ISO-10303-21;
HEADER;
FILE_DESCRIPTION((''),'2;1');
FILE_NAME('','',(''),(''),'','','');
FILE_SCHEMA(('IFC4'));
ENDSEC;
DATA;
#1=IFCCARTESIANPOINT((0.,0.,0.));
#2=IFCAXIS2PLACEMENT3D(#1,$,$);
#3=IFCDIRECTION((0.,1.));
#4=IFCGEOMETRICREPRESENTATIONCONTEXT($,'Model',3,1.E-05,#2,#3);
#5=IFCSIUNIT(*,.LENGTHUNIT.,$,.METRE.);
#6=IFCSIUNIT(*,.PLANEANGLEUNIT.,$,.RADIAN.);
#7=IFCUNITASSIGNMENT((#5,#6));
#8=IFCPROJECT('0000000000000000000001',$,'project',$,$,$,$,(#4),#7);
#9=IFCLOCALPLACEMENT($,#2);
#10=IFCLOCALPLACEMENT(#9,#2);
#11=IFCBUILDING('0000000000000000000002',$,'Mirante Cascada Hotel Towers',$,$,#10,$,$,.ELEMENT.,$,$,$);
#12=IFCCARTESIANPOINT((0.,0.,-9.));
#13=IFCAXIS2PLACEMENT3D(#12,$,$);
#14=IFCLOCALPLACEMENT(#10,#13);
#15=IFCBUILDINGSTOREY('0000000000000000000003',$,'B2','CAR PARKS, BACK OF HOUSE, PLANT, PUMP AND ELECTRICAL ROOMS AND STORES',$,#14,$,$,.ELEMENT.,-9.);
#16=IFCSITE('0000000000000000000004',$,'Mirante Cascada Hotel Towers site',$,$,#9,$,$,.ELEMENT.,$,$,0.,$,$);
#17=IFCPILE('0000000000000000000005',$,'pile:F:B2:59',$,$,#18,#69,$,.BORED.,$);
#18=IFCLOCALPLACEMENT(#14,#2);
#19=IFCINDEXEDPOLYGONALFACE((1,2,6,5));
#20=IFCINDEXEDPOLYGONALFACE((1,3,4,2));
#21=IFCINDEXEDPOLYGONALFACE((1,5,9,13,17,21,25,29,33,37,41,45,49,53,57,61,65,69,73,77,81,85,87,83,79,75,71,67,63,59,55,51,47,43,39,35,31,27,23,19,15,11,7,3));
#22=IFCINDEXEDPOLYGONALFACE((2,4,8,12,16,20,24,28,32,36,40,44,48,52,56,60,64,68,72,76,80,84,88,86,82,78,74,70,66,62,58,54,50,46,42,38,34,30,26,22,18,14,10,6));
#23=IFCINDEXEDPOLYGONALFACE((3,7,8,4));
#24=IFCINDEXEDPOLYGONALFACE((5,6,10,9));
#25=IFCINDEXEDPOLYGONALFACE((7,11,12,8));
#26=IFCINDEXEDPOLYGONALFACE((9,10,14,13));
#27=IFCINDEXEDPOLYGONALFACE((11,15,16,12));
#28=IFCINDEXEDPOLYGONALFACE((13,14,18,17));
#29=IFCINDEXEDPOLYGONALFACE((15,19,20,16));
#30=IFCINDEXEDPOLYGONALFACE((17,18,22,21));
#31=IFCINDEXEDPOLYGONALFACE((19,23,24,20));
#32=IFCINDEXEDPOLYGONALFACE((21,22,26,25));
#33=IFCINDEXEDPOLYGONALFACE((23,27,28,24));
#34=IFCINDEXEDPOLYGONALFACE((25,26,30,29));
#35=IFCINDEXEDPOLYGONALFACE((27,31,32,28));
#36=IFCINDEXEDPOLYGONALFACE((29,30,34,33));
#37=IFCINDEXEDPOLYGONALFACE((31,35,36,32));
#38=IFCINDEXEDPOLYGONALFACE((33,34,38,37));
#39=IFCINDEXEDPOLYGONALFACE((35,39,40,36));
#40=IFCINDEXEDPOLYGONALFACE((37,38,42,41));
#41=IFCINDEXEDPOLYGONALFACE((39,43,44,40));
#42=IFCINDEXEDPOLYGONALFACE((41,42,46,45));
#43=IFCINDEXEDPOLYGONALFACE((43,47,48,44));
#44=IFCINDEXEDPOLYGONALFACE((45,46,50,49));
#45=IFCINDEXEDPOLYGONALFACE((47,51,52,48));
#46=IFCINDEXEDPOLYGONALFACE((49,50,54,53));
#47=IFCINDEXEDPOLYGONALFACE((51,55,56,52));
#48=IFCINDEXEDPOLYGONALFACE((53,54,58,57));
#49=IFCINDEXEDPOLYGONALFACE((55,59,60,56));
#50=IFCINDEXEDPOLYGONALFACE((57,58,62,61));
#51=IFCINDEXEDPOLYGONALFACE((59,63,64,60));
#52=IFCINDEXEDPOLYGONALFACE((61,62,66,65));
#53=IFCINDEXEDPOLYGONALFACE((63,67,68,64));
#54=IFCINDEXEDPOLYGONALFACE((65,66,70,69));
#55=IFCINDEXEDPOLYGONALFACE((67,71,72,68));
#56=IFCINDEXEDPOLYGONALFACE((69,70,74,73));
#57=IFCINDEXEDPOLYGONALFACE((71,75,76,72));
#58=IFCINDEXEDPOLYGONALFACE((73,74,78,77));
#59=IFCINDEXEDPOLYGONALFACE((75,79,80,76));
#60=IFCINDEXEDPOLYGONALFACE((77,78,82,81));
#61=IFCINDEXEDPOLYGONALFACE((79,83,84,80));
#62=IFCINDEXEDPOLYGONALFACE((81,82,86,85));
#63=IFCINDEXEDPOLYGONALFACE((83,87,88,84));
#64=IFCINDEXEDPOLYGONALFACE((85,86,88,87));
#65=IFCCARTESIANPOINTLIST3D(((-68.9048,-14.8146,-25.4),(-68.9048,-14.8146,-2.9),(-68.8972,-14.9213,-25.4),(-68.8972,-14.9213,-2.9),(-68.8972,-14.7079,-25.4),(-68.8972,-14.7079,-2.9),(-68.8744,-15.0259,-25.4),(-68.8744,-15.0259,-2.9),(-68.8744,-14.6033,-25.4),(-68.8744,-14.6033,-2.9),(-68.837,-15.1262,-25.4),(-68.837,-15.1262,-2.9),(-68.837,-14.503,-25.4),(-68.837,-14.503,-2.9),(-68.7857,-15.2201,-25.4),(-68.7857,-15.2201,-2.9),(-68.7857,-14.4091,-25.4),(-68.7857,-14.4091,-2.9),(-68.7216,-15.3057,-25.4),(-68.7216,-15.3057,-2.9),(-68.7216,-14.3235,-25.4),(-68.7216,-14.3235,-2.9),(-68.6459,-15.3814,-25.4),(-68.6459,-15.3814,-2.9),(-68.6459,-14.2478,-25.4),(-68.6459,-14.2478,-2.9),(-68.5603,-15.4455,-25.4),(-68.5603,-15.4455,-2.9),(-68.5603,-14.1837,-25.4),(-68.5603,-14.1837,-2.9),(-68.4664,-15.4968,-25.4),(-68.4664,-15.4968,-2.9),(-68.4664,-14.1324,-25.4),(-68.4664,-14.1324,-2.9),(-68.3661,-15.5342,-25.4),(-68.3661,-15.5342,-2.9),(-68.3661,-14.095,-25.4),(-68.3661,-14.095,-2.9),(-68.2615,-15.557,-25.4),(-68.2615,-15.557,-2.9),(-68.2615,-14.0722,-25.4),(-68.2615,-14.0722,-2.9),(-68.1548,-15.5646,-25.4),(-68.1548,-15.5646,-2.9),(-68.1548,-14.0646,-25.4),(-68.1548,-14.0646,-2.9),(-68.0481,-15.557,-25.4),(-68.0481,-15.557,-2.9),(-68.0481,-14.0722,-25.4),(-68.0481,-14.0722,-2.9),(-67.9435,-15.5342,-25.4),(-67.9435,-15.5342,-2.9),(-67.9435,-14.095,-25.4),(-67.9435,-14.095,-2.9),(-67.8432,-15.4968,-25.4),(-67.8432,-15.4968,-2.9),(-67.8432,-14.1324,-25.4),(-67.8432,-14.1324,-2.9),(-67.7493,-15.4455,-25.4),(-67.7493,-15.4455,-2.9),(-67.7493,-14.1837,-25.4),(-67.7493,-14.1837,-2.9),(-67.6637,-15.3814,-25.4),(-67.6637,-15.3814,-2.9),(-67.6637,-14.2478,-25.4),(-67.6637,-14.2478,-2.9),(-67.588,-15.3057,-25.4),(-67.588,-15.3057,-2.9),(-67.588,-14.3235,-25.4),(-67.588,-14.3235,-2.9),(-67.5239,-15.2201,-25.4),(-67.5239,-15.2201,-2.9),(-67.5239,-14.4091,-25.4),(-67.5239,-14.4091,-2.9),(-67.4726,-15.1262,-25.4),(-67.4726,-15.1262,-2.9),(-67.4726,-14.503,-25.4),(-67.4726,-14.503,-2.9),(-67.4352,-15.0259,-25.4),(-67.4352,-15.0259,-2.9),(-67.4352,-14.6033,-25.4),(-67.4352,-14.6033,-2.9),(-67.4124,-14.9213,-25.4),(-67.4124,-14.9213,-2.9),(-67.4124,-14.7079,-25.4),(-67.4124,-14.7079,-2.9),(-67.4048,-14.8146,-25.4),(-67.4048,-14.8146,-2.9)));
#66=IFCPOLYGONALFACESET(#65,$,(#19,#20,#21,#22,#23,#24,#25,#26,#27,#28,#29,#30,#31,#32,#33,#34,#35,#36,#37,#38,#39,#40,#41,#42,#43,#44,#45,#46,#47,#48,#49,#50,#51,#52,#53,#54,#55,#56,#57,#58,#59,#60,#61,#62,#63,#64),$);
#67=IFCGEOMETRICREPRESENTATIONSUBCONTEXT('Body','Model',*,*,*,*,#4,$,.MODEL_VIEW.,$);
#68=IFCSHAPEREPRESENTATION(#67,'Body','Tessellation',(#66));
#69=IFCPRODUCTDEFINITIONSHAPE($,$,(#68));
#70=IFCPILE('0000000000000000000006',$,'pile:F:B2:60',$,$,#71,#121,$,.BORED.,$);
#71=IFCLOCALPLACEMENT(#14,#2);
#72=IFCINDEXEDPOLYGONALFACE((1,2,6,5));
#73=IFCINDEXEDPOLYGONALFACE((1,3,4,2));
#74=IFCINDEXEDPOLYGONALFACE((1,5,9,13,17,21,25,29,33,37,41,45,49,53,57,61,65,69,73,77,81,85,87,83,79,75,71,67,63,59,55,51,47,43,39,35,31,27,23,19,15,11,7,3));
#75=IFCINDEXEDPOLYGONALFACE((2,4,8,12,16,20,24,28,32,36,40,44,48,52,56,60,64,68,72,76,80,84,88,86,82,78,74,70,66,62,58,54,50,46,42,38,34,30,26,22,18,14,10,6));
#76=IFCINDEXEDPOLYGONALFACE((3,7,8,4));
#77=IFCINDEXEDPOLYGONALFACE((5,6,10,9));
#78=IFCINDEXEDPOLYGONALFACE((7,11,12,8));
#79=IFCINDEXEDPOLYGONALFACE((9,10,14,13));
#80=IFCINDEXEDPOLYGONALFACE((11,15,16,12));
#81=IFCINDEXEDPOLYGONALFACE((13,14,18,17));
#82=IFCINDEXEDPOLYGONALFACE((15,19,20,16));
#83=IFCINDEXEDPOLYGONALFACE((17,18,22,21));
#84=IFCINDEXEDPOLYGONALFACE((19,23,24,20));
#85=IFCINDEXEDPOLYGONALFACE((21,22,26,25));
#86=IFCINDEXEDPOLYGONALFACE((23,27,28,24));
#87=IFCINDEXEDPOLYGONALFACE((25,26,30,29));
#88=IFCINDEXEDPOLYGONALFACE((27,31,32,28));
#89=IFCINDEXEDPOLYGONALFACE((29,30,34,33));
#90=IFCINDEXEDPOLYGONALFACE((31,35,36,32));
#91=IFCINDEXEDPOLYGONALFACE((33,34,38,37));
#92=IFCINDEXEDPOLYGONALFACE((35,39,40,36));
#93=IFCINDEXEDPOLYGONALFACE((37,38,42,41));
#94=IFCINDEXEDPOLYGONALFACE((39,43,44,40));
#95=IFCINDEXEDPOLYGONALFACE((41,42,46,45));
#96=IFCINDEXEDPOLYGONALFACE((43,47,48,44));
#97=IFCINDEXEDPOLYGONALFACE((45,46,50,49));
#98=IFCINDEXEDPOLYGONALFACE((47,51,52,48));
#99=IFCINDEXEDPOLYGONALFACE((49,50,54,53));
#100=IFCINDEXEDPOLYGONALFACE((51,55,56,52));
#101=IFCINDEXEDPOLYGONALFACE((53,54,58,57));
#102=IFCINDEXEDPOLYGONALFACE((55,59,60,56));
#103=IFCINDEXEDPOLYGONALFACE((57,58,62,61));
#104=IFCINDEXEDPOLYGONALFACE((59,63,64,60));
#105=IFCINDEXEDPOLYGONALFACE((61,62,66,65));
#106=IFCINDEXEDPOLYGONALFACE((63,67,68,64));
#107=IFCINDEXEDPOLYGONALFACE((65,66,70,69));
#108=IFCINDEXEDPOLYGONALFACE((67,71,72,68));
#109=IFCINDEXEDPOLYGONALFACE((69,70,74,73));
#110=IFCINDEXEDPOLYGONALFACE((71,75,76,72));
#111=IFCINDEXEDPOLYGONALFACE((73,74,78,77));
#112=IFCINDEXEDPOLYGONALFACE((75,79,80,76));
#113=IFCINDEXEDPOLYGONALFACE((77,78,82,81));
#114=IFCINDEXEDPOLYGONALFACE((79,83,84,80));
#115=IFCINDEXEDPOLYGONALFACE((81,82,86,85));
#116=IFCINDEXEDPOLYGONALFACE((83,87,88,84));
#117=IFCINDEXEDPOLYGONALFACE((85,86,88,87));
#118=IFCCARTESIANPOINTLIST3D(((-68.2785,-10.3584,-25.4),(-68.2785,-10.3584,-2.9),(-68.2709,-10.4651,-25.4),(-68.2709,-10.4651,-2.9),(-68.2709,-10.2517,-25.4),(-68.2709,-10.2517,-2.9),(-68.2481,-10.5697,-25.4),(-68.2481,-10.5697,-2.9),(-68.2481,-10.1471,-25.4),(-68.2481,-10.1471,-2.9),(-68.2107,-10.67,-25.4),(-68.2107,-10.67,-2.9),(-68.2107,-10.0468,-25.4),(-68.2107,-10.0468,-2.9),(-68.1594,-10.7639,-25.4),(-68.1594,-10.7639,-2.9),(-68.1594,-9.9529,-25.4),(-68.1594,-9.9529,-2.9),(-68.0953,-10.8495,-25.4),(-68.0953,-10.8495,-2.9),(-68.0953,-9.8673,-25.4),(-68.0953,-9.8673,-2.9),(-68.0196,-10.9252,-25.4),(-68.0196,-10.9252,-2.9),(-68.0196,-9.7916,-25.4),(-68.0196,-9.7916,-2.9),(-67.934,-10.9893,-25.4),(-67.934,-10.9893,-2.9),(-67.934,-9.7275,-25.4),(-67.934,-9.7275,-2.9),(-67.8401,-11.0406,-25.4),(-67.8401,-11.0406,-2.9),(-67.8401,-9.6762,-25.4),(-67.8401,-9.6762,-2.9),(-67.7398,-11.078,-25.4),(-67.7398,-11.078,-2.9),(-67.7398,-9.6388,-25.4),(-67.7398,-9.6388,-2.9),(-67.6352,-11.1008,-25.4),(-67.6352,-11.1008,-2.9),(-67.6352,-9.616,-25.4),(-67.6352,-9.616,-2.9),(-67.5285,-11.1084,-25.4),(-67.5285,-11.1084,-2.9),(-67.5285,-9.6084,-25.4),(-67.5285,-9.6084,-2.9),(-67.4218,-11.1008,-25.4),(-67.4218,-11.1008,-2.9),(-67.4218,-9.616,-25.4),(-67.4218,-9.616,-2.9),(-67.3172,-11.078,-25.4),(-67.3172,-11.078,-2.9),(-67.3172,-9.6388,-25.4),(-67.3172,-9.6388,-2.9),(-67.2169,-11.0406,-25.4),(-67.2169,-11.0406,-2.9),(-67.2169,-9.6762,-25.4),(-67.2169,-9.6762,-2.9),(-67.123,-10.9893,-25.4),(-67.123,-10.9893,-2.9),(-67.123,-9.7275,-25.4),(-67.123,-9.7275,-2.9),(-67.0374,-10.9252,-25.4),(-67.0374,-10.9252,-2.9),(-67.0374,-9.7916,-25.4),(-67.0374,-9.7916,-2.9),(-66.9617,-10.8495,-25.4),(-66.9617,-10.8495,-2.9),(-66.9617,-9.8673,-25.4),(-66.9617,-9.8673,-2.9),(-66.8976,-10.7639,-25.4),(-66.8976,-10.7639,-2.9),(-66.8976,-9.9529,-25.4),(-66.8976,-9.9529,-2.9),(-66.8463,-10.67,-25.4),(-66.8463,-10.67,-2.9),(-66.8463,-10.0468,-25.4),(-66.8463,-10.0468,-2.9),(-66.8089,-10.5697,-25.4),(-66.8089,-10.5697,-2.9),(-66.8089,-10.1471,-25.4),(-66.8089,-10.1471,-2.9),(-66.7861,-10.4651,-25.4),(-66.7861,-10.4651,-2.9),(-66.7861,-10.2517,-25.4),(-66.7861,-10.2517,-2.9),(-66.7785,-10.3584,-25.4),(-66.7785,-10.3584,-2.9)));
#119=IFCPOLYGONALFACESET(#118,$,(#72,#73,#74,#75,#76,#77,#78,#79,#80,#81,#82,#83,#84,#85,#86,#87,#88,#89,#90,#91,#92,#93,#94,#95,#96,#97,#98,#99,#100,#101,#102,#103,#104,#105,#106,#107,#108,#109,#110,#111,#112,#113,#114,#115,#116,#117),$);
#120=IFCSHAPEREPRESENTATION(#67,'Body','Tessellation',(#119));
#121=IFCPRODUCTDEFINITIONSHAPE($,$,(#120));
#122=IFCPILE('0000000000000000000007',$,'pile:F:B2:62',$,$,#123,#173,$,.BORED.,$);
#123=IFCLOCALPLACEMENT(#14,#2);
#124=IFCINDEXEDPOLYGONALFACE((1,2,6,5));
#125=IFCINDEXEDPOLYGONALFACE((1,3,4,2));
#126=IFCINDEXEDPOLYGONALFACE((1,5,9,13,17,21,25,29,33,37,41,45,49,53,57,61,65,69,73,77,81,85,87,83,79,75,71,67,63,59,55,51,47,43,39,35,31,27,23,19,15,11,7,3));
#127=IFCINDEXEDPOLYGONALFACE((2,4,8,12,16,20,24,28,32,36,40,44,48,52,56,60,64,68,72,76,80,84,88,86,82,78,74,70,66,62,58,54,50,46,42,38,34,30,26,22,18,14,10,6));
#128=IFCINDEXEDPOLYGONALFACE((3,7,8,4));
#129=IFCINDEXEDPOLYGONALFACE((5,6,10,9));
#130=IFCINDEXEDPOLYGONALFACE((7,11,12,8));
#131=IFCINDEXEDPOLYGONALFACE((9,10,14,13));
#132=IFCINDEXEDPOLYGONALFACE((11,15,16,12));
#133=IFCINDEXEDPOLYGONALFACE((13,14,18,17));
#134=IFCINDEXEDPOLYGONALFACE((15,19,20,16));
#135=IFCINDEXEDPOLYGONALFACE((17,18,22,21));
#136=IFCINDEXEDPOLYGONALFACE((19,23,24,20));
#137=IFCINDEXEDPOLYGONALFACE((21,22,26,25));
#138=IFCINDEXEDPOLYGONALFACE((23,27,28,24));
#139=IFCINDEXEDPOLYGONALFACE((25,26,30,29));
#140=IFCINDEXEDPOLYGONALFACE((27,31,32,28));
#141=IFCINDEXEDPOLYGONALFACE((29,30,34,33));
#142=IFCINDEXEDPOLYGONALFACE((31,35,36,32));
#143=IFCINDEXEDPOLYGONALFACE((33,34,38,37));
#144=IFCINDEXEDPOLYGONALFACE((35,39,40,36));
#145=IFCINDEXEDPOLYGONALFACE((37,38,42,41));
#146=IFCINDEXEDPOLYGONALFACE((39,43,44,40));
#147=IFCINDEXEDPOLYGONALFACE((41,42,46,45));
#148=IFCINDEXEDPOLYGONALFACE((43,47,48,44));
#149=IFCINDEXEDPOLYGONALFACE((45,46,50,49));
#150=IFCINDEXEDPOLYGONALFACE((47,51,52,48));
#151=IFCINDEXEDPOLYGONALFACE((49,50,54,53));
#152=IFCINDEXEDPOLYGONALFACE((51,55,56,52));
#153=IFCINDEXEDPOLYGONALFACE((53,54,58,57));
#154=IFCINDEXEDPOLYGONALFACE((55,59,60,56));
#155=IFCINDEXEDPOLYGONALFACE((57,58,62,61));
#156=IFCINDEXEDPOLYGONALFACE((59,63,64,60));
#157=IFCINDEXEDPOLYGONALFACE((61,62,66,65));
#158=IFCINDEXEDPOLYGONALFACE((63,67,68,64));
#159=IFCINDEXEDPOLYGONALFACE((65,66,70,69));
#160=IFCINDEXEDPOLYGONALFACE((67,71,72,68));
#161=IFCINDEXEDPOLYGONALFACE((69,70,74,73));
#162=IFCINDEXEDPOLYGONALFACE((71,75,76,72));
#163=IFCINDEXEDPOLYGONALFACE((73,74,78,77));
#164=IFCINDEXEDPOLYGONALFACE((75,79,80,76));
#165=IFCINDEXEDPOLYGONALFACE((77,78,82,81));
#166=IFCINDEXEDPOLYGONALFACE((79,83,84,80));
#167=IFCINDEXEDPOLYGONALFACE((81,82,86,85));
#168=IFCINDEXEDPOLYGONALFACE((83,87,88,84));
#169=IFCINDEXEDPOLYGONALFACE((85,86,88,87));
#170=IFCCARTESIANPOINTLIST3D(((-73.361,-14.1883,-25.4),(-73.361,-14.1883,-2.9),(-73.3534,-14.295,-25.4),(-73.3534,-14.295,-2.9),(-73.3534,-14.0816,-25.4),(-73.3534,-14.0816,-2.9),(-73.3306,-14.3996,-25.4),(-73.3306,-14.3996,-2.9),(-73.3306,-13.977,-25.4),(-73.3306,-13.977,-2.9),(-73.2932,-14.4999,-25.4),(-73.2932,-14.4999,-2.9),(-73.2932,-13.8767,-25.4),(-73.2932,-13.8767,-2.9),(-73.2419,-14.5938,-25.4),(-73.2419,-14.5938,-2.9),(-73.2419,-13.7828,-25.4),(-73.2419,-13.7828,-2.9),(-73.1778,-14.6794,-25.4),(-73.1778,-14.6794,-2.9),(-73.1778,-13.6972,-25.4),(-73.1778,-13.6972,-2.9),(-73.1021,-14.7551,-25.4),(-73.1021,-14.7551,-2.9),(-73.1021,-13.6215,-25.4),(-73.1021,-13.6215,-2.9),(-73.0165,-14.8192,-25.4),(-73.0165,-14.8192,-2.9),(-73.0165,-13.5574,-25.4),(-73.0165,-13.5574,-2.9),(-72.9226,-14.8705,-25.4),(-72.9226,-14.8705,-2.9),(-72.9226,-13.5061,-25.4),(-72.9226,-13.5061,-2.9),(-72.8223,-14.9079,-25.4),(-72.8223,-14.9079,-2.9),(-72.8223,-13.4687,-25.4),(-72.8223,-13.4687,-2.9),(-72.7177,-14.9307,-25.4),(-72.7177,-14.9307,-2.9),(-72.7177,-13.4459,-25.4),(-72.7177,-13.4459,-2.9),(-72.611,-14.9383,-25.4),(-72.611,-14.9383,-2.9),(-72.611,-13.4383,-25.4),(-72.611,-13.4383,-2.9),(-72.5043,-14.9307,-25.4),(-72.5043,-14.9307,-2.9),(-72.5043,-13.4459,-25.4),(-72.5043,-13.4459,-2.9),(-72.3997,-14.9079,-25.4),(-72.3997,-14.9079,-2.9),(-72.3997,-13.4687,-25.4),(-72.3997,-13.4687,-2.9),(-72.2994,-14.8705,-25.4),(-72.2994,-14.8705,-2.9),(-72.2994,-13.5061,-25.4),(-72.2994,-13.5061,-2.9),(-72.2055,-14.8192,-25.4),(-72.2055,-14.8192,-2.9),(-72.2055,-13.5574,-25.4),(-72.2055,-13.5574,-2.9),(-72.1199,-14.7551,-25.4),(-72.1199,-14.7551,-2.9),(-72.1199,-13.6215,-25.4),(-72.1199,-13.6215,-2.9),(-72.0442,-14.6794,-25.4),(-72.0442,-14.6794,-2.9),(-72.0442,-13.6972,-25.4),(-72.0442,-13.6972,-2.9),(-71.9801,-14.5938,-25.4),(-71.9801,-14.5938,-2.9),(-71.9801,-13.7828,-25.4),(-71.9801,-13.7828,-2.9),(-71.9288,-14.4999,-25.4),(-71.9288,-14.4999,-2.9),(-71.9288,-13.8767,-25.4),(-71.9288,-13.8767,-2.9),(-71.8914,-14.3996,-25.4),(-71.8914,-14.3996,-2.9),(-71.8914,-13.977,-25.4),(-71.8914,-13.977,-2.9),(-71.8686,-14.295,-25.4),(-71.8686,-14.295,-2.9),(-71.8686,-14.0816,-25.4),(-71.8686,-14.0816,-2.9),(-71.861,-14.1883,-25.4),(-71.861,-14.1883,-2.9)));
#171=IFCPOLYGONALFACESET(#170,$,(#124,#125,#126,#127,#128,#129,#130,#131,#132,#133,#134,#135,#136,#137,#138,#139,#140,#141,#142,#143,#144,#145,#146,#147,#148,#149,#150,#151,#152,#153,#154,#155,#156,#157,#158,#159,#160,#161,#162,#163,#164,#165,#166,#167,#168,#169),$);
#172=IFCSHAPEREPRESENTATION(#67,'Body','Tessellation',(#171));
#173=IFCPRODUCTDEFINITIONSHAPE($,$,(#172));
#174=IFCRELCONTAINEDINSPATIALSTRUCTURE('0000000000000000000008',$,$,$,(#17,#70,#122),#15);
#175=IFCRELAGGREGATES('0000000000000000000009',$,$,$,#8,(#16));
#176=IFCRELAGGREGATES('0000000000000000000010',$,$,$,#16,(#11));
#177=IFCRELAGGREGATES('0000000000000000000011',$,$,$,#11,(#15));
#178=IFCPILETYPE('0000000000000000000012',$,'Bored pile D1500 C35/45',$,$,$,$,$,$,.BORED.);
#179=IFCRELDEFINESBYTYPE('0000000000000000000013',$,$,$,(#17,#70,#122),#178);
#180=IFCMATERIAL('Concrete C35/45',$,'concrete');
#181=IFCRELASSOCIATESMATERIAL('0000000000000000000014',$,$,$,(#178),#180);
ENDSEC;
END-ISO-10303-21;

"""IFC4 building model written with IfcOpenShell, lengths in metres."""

from ifc_helpers import new_model, si_unit, direction, frame, origin, origin_2d, place, context, subcontext, project, spatial, circle, extrude, material, material_profile, profile_set, type_object, element, save


model = new_model("IFC4")

# Units and contexts
model_context = context("Model", 3, precision=1e-05, world=origin(), true_north=direction((0.0, 1.0)))
body_context = subcontext(model_context, "Body", "Model", "MODEL_VIEW")
ifc_project = project(units=[si_unit("LENGTHUNIT", "METRE"), si_unit("PLANEANGLEUNIT", "RADIAN")], contexts=[model_context])

# Site, building, storey
site_placement = place(None, origin())
site = spatial("IfcSite", under=ifc_project, at=site_placement, Name="Mirante Cascada Hotel Towers site", CompositionType="ELEMENT", RefElevation=0.0)
building_placement = place(site_placement, origin())
building = spatial("IfcBuilding", under=site, at=building_placement, Name="Mirante Cascada Hotel Towers", CompositionType="ELEMENT")
storey_placement = place(building_placement, frame((0.0, 0.0, -9.0)))
storey = spatial("IfcBuildingStorey", under=building, at=storey_placement, Name="B2", Description="CAR PARKS, BACK OF HOUSE, PLANT, PUMP AND ELECTRICAL ROOMS AND STORES", CompositionType="ELEMENT", Elevation=-9.0)

# Piles
ifc_material_1 = material(Name="Concrete C35/45", Category="concrete")
ifc_material_profile_1 = material_profile(ifc_material_1, circle(Radius=0.75, at=origin_2d()), Name="RC D1500")
ifc_profile_set_1 = profile_set([ifc_material_profile_1], Name="Concrete C35/45")
pile_type = type_object("IfcPileType", Name="Bored pile D1500 C35/45", PredefinedType="BORED", material=ifc_profile_set_1)
for number, where, z_axis, x_axis, name in (
    (1, (-68.1548, -14.8146, -2.9), (0.0, 0.0, -1.0), (1.0, 0.0, 0.0), "pile:F:B2:59"),
    (2, (-67.5285, -10.3584, -2.9), (0.0, 0.0, -1.0), (1.0, 0.0, 0.0), "pile:F:B2:60"),
    (3, (-72.611, -14.1883, -2.9), (0.0, 0.0, -1.0), (1.0, 0.0, 0.0), "pile:F:B2:62"),
):
    element("IfcPile", number, at=place(storey_placement, frame(where, z_axis=z_axis, x_axis=x_axis)), inside=storey, type_object=pile_type, Name=name, PredefinedType="BORED", context=body_context, shape_type="SweptSolid", body=[
        extrude(circle(Radius=0.75, at=origin_2d()), origin(), (0.0, 0.0, 1.0), 22.5),
    ])

save(model, "model.ifc")
